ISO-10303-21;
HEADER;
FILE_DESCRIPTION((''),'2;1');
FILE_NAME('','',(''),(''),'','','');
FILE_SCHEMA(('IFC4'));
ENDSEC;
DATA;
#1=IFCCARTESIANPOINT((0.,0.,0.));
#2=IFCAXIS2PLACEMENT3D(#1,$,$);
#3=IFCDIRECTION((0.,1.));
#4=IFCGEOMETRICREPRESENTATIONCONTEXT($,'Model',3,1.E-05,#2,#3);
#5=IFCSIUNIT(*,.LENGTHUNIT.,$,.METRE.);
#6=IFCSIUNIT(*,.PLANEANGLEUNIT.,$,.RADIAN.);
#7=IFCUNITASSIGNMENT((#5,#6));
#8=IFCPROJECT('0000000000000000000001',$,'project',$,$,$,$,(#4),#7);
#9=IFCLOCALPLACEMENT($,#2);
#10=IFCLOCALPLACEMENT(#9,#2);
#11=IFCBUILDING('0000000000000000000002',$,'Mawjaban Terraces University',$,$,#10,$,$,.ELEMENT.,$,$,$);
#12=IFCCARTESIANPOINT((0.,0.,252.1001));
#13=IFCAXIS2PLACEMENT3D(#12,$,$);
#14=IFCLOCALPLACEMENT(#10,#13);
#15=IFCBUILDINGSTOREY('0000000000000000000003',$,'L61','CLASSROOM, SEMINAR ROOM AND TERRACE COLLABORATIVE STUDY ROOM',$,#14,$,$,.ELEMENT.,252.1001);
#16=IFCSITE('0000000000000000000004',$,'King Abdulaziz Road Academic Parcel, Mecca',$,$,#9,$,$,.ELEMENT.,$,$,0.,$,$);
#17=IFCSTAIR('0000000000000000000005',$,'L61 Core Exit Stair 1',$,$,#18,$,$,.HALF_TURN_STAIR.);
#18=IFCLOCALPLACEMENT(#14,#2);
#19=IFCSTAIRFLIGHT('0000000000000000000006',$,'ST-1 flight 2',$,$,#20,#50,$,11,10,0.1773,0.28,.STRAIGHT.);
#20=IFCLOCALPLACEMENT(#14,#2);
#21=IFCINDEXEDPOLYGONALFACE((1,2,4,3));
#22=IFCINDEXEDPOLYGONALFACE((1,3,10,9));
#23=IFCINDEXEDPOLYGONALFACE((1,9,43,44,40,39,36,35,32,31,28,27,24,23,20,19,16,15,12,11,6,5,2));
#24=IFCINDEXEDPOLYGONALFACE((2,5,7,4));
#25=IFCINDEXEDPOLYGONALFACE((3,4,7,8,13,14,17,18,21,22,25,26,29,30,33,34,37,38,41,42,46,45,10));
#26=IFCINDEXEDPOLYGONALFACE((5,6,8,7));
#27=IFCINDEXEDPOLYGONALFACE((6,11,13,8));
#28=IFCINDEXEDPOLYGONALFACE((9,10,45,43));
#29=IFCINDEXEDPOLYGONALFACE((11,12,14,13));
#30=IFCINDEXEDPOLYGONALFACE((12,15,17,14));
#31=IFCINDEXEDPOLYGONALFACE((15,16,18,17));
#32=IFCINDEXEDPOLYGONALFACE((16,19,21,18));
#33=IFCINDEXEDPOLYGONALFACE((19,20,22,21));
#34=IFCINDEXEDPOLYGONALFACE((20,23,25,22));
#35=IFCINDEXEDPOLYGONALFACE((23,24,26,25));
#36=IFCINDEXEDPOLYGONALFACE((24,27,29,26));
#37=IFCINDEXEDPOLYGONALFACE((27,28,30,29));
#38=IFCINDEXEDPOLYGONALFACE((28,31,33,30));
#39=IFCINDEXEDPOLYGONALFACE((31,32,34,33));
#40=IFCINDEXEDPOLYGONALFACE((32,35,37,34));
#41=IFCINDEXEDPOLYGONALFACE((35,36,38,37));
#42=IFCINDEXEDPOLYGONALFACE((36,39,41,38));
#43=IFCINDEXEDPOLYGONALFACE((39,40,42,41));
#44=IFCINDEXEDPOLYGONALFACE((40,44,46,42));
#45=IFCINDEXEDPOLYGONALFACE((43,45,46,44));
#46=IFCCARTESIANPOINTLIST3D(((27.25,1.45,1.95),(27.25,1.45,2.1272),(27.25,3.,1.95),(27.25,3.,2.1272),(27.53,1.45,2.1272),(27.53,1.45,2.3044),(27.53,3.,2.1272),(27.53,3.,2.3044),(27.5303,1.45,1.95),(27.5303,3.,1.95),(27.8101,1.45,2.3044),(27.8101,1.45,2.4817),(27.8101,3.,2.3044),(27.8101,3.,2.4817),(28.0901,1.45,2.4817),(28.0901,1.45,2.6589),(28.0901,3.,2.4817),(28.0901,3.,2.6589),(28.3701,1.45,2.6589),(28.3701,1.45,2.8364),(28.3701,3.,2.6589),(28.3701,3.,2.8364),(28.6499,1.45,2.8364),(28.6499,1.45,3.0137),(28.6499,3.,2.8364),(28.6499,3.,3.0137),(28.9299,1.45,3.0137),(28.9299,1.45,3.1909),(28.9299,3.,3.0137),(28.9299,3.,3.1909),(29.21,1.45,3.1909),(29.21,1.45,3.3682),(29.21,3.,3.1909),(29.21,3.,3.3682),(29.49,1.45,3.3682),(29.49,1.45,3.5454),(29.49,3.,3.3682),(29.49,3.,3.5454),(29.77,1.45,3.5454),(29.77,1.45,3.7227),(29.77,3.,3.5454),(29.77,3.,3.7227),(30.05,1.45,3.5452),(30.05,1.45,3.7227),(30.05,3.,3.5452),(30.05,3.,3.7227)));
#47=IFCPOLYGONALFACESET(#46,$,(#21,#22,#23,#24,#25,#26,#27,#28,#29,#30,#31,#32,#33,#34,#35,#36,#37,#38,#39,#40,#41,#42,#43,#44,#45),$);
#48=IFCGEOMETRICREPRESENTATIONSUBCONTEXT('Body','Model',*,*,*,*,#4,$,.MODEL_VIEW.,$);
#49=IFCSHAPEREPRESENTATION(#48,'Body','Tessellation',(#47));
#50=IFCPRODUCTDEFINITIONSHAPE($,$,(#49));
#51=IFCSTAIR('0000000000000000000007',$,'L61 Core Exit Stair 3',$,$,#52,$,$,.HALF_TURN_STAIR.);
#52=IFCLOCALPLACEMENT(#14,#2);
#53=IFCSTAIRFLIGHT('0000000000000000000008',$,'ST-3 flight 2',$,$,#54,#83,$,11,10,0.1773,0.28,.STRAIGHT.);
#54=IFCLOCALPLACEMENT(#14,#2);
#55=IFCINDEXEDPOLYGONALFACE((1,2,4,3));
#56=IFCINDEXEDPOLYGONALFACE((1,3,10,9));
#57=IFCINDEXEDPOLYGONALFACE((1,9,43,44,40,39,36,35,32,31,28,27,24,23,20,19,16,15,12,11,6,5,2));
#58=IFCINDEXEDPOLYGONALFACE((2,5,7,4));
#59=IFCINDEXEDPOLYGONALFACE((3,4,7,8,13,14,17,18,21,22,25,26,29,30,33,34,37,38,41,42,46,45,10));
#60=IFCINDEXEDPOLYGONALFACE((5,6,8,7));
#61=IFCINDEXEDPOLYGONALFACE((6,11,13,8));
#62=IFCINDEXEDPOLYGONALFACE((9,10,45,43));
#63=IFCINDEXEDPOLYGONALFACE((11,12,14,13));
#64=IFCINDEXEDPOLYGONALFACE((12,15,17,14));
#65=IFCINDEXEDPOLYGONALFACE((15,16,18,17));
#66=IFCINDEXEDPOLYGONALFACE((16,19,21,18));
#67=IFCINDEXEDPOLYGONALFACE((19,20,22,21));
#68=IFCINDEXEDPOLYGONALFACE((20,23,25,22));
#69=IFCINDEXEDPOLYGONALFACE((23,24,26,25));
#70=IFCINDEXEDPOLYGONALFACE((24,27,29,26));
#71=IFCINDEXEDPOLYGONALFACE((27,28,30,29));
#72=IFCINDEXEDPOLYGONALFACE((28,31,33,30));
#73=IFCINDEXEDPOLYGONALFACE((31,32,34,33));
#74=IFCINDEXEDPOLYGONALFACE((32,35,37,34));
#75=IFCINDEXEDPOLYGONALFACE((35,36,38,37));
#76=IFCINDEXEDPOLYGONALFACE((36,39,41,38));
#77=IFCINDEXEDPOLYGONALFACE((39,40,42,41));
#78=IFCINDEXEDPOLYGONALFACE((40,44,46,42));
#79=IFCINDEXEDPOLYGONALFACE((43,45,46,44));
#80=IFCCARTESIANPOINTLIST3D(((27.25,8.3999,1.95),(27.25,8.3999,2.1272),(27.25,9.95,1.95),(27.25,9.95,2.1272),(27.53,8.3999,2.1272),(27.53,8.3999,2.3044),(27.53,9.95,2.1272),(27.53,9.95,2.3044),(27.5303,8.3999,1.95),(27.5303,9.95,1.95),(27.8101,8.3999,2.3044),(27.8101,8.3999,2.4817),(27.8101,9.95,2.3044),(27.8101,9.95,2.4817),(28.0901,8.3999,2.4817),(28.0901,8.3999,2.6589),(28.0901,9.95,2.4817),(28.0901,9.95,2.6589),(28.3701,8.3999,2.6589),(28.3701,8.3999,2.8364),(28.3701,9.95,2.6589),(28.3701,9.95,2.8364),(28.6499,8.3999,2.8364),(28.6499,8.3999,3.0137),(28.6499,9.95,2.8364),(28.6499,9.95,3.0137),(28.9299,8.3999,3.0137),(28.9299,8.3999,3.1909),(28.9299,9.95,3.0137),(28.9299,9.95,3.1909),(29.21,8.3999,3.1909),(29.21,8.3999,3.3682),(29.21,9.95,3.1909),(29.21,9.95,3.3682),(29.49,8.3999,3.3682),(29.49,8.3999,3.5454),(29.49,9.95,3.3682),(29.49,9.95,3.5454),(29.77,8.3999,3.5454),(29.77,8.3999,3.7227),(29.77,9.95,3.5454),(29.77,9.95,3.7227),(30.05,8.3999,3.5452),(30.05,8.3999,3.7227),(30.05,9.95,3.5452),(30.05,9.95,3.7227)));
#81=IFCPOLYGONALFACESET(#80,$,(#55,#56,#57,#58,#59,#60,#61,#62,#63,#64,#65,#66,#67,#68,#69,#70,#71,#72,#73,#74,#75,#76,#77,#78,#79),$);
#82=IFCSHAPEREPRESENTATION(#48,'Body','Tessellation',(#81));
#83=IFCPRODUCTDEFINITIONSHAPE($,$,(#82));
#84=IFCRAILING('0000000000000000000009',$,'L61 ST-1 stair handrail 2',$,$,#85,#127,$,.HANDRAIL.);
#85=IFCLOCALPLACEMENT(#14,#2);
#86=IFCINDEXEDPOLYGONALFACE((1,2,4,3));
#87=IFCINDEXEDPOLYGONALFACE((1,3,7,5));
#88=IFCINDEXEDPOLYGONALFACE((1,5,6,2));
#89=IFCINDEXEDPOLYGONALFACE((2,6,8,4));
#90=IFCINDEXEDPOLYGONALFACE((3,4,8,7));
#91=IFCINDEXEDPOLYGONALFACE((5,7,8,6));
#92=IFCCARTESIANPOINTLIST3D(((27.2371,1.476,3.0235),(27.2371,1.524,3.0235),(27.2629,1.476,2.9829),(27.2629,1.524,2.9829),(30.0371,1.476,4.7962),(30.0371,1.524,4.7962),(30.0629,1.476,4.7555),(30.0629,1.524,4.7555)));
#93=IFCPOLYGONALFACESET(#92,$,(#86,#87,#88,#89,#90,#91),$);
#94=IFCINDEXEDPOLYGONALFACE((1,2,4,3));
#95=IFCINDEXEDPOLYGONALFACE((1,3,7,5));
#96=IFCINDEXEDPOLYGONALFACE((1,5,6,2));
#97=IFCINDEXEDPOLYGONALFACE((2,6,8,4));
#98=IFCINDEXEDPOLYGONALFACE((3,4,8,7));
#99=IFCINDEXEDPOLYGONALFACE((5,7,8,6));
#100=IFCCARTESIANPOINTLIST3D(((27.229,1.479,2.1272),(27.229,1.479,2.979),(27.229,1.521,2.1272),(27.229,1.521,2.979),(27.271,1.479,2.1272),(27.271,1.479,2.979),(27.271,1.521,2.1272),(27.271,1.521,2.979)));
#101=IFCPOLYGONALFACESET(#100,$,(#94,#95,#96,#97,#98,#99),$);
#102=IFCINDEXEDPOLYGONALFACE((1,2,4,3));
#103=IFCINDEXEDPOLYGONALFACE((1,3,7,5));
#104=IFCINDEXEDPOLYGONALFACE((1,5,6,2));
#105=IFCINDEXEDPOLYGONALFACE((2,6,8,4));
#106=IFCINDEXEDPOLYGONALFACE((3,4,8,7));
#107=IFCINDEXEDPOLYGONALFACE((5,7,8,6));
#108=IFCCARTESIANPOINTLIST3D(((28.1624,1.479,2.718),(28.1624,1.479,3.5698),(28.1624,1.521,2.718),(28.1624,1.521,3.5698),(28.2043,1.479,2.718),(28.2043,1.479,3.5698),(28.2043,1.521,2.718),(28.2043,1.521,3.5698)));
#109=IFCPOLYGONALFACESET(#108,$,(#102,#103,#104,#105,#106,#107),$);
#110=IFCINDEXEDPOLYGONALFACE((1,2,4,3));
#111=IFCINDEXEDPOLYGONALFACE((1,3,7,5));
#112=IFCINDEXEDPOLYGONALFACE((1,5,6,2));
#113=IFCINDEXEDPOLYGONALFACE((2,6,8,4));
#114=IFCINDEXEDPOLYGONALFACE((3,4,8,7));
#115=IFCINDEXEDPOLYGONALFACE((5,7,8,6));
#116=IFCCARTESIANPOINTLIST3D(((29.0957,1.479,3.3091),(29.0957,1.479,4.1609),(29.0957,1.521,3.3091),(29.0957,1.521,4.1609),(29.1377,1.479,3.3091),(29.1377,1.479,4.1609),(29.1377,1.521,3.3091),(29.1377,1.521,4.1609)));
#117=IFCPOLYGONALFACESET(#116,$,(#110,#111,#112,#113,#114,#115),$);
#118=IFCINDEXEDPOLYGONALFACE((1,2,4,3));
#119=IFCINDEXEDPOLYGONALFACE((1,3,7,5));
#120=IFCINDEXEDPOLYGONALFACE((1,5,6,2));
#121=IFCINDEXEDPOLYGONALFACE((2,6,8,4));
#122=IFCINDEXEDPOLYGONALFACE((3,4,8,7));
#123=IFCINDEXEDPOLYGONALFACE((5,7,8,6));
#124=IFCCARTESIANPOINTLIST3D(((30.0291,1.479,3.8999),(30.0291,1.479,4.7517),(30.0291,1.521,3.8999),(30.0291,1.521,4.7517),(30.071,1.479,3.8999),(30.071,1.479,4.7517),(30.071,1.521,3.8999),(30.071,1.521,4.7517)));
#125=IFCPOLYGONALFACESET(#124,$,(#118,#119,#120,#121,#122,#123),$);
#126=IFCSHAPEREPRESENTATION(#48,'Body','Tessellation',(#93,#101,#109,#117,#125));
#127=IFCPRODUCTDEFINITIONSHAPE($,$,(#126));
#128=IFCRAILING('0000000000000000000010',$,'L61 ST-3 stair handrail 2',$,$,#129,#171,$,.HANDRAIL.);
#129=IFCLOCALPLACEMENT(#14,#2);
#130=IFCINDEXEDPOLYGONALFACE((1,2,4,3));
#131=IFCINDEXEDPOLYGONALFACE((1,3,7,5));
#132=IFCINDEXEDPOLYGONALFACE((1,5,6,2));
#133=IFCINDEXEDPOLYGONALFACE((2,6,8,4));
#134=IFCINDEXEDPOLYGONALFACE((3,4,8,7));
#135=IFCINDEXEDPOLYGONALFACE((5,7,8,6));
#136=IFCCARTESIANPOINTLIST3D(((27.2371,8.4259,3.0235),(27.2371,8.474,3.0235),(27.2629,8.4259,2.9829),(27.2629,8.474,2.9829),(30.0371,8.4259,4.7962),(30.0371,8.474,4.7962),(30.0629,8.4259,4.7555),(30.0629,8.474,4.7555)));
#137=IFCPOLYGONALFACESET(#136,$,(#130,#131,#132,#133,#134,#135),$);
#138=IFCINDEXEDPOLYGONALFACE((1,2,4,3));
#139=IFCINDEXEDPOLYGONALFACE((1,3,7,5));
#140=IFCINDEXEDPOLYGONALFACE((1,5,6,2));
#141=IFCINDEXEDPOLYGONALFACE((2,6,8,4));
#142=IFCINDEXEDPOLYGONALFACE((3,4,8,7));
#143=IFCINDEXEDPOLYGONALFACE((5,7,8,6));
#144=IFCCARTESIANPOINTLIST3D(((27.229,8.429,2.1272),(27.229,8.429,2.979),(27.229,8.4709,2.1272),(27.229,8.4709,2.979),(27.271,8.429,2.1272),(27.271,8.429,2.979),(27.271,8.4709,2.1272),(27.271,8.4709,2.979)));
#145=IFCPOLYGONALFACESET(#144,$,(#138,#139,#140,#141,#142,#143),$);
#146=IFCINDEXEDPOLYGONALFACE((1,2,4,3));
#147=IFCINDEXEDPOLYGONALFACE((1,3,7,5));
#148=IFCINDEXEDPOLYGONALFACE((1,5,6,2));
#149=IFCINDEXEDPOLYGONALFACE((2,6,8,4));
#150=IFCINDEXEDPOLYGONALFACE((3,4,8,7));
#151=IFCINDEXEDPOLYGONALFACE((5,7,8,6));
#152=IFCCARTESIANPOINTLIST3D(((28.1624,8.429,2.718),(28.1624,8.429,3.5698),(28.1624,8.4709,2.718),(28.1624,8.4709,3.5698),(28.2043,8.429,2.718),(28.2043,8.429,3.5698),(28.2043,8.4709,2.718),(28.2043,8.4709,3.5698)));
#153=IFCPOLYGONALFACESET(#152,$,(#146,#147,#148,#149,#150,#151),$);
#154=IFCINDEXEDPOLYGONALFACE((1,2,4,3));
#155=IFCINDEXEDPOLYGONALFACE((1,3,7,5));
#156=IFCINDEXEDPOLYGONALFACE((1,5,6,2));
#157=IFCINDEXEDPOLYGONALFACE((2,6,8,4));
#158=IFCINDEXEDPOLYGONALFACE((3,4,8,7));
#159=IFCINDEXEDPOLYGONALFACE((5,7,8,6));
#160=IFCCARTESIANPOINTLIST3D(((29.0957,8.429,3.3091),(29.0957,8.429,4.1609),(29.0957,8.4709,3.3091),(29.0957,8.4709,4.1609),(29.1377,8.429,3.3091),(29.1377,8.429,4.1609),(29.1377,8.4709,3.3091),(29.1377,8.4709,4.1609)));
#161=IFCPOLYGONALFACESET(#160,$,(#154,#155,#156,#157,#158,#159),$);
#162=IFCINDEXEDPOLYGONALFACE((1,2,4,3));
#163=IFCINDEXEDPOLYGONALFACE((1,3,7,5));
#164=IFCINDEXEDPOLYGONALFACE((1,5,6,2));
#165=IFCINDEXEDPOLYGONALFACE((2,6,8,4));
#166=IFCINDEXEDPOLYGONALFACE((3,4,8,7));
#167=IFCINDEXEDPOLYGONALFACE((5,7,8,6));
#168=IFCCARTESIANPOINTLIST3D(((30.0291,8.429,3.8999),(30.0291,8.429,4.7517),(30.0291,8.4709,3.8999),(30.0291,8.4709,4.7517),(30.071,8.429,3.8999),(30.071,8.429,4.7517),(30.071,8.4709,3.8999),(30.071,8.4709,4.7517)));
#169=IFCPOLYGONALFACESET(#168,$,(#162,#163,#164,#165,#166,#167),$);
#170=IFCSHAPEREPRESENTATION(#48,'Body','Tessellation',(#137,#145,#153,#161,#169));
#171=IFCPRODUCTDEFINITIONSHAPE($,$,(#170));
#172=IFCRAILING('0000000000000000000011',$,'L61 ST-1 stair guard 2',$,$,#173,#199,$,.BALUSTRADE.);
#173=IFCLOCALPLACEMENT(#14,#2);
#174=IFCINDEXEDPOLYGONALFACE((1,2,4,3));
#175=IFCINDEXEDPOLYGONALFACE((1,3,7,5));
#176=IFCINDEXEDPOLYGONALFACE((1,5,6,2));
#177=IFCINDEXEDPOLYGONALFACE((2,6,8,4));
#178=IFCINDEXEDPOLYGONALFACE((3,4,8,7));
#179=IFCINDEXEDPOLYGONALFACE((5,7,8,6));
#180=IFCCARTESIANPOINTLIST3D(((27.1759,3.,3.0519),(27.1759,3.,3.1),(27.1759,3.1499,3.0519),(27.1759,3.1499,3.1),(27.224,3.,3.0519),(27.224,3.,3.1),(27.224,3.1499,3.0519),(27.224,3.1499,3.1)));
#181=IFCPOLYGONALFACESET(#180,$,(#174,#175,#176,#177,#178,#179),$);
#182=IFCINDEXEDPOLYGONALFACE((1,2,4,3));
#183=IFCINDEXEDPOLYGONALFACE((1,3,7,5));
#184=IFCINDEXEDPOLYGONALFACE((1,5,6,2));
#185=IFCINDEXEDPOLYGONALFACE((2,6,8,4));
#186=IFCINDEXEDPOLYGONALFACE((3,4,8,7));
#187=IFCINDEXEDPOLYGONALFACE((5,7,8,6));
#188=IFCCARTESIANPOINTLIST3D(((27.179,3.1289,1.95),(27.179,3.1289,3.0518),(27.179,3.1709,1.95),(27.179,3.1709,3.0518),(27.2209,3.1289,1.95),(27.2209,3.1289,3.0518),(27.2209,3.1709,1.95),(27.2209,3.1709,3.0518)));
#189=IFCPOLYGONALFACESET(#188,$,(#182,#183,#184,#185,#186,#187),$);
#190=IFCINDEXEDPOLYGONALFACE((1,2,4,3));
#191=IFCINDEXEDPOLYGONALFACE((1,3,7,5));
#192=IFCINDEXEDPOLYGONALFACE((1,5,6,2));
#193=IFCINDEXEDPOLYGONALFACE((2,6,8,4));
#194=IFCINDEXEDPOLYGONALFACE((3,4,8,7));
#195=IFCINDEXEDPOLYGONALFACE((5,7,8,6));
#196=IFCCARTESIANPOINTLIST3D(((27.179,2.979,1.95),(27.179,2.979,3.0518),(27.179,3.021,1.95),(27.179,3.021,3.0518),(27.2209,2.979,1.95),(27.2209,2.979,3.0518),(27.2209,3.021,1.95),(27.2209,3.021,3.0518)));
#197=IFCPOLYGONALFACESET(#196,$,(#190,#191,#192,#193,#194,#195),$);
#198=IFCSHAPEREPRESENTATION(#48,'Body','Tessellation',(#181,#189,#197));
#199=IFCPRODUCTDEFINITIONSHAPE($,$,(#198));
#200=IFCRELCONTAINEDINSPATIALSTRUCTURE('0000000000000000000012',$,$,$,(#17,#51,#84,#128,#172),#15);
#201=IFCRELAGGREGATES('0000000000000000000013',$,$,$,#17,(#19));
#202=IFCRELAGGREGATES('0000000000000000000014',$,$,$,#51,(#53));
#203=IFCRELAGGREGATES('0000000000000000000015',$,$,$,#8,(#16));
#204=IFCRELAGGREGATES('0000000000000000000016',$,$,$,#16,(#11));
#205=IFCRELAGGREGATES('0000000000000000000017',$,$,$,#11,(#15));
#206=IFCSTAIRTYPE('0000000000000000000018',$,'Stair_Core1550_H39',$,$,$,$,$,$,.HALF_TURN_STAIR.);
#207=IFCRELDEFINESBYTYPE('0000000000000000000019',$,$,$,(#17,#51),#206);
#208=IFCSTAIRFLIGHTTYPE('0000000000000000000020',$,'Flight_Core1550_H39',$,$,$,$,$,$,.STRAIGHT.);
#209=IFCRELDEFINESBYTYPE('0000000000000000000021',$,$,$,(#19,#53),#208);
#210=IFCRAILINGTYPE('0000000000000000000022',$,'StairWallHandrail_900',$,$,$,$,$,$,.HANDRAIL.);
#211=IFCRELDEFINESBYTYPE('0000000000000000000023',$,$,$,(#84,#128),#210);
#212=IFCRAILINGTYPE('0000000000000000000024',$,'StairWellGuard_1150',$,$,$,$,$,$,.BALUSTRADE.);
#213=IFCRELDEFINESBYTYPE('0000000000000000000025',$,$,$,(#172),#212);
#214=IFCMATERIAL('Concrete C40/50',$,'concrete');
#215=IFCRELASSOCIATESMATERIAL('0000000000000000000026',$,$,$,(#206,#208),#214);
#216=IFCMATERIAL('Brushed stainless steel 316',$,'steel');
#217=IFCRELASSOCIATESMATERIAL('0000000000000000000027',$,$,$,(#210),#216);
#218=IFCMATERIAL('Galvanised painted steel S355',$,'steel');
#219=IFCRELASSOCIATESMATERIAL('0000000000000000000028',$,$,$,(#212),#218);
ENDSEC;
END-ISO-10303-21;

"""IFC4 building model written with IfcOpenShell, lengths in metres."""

from ifc_helpers import new_model, si_unit, direction, frame, origin, origin_2d, place, context, subcontext, project, spatial, polyline, rectangle, outline, extrude, material, type_object, element, aggregate, save


model = new_model("IFC4")

# Units and contexts
model_context = context("Model", 3, precision=1e-05, world=origin(), true_north=direction((0.0, 1.0)))
body_context = subcontext(model_context, "Body", "Model", "MODEL_VIEW")
ifc_project = project(units=[si_unit("LENGTHUNIT", "METRE"), si_unit("PLANEANGLEUNIT", "RADIAN")], contexts=[model_context])

# Site, building, storey
site_placement = place(None, origin())
site = spatial("IfcSite", under=ifc_project, at=site_placement, Name="King Abdulaziz Road Academic Parcel, Mecca", CompositionType="ELEMENT", RefElevation=0.0)
building_placement = place(site_placement, origin())
building = spatial("IfcBuilding", under=site, at=building_placement, Name="Mawjaban Terraces University", CompositionType="ELEMENT")
storey_placement = place(building_placement, frame((0.0, 0.0, 252.1001)))
storey = spatial("IfcBuildingStorey", under=building, at=storey_placement, Name="L61", Description="CLASSROOM, SEMINAR ROOM AND TERRACE COLLABORATIVE STUDY ROOM", CompositionType="ELEMENT", Elevation=252.1001)

# Stairs, stair flights
ifc_material_1 = material(Name="Concrete C40/50", Category="concrete")
stair_type = type_object("IfcStairType", Name="Stair_Core1550_H39", PredefinedType="HALF_TURN_STAIR", material=ifc_material_1)
stair_1_placement = place(storey_placement, origin())
stair_1 = element("IfcStair", 1, at=stair_1_placement, inside=storey, type_object=stair_type, Name="L61 Core Exit Stair 1", PredefinedType="HALF_TURN_STAIR")
stair_flight_type = type_object("IfcStairFlightType", Name="Flight_Core1550_H39", PredefinedType="STRAIGHT", material=ifc_material_1)
stair_flight_1_placement = place(storey_placement, frame((27.25, 2.2251, 1.95), z_axis=(0.0, 0.0, 1.0), x_axis=(1.0, 0.0, 0.0)))
stair_flight_1 = element("IfcStairFlight", 2, at=stair_flight_1_placement, type_object=stair_flight_type, Name="ST-1 flight 2", NumberOfRisers=11, NumberOfTreads=10, PredefinedType="STRAIGHT", RiserHeight=0.1773, TreadLength=0.28, context=body_context, shape_type="SweptSolid", body=[
    extrude(outline(polyline([(0.0, 0.0), (0.0, 0.1772), (0.28, 0.1772), (0.28, 0.3545), (0.5601, 0.3545), (0.5601, 0.5317), (0.8401, 0.5317), (0.8401, 0.709), (1.1201, 0.709), (1.1201, 0.8865), (1.3999, 0.8865), (1.3999, 1.0637), (1.6799, 1.0637), (1.6799, 1.241), (1.96, 1.241), (1.96, 1.4182), (2.24, 1.4182), (2.24, 1.5955), (2.52, 1.5955), (2.52, 1.7727), (2.8, 1.7727), (2.8, 1.95), (2.8, 1.5952), (0.2803, 0.0), (0.0, 0.0)])), frame((0.0, 0.7749, 0.0), z_axis=(0.0, -1.0, 0.0), x_axis=(1.0, 0.0, 0.0)), (0.0, 0.0, 1.0), 1.55),
])
aggregate(stair_1, [stair_flight_1])
stair_2_placement = place(storey_placement, origin())
stair_2 = element("IfcStair", 3, at=stair_2_placement, inside=storey, type_object=stair_type, Name="L61 Core Exit Stair 3", PredefinedType="HALF_TURN_STAIR")
stair_flight_2_placement = place(storey_placement, frame((27.25, 9.175, 1.95), z_axis=(0.0, 0.0, 1.0), x_axis=(1.0, 0.0, 0.0)))
stair_flight_2 = element("IfcStairFlight", 4, at=stair_flight_2_placement, type_object=stair_flight_type, Name="ST-3 flight 2", NumberOfRisers=11, NumberOfTreads=10, PredefinedType="STRAIGHT", RiserHeight=0.1773, TreadLength=0.28, context=body_context, shape_type="SweptSolid", body=[
    extrude(outline(polyline([(0.0, 0.0), (0.0, 0.1772), (0.28, 0.1772), (0.28, 0.3545), (0.5601, 0.3545), (0.5601, 0.5317), (0.8401, 0.5317), (0.8401, 0.709), (1.1201, 0.709), (1.1201, 0.8865), (1.3999, 0.8865), (1.3999, 1.0637), (1.6799, 1.0637), (1.6799, 1.241), (1.96, 1.241), (1.96, 1.4182), (2.24, 1.4182), (2.24, 1.5955), (2.52, 1.5955), (2.52, 1.7727), (2.8, 1.7727), (2.8, 1.95), (2.8, 1.5952), (0.2803, 0.0), (0.0, 0.0)])), frame((0.0, 0.7749, 0.0), z_axis=(0.0, -1.0, 0.0), x_axis=(1.0, 0.0, 0.0)), (0.0, 0.0, 1.0), 1.55),
])
aggregate(stair_2, [stair_flight_2])

# Railings
ifc_material_2 = material(Name="Brushed stainless steel 316", Category="steel")
railing_type_1 = type_object("IfcRailingType", Name="StairWallHandrail_900", PredefinedType="HANDRAIL", material=ifc_material_2)
for number, where, name in (
    (5, (27.25, 1.5, 2.1272), "L61 ST-1 stair handrail 2"),
    (6, (27.25, 8.45, 2.1272), "L61 ST-3 stair handrail 2"),
):
    element("IfcRailing", number, at=place(storey_placement, frame(where)), inside=storey, type_object=railing_type_1, Name=name, PredefinedType="HANDRAIL", context=body_context, shape_type="SweptSolid", body=[
        extrude(rectangle(XDim=0.0481, YDim=0.0481, at=origin_2d()), frame((0.0, 0.0, 0.876), z_axis=(0.844909, 0.0, 0.53491), x_axis=(0.0, 1.0, 0.0)), (0.0, 0.0, 1.0), 3.314),
        extrude(rectangle(XDim=0.042, YDim=0.042, at=origin_2d()), origin(), (0.0, 0.0, 1.0), 0.8518),
        extrude(rectangle(XDim=0.042, YDim=0.042, at=origin_2d()), frame((0.9333, 0.0, 0.5908)), (0.0, 0.0, 1.0), 0.8518),
        extrude(rectangle(XDim=0.042, YDim=0.042, at=origin_2d()), frame((1.8667, 0.0, 1.1819)), (0.0, 0.0, 1.0), 0.8518),
        extrude(rectangle(XDim=0.042, YDim=0.042, at=origin_2d()), frame((2.8, 0.0, 1.7727)), (0.0, 0.0, 1.0), 0.8518),
    ])
ifc_material_3 = material(Name="Galvanised painted steel S355", Category="steel")
railing_type_2 = type_object("IfcRailingType", Name="StairWellGuard_1150", PredefinedType="BALUSTRADE", material=ifc_material_3)
railing_placement = place(storey_placement, frame((27.2, 3.1499, 1.95)))
element("IfcRailing", 7, at=railing_placement, inside=storey, type_object=railing_type_2, Name="L61 ST-1 stair guard 2", PredefinedType="BALUSTRADE", context=body_context, shape_type="SweptSolid", body=[
    extrude(rectangle(XDim=0.0481, YDim=0.0481, at=origin_2d()), frame((0.0, 0.0, 1.126), z_axis=(0.0, -1.0, 0.0), x_axis=(1.0, 0.0, 0.0)), (0.0, 0.0, 1.0), 0.1499),
    extrude(rectangle(XDim=0.042, YDim=0.042, at=origin_2d()), origin(), (0.0, 0.0, 1.0), 1.1018),
    extrude(rectangle(XDim=0.042, YDim=0.042, at=origin_2d()), frame((0.0, -0.1499, 0.0)), (0.0, 0.0, 1.0), 1.1018),
])

save(model, "model.ifc")
